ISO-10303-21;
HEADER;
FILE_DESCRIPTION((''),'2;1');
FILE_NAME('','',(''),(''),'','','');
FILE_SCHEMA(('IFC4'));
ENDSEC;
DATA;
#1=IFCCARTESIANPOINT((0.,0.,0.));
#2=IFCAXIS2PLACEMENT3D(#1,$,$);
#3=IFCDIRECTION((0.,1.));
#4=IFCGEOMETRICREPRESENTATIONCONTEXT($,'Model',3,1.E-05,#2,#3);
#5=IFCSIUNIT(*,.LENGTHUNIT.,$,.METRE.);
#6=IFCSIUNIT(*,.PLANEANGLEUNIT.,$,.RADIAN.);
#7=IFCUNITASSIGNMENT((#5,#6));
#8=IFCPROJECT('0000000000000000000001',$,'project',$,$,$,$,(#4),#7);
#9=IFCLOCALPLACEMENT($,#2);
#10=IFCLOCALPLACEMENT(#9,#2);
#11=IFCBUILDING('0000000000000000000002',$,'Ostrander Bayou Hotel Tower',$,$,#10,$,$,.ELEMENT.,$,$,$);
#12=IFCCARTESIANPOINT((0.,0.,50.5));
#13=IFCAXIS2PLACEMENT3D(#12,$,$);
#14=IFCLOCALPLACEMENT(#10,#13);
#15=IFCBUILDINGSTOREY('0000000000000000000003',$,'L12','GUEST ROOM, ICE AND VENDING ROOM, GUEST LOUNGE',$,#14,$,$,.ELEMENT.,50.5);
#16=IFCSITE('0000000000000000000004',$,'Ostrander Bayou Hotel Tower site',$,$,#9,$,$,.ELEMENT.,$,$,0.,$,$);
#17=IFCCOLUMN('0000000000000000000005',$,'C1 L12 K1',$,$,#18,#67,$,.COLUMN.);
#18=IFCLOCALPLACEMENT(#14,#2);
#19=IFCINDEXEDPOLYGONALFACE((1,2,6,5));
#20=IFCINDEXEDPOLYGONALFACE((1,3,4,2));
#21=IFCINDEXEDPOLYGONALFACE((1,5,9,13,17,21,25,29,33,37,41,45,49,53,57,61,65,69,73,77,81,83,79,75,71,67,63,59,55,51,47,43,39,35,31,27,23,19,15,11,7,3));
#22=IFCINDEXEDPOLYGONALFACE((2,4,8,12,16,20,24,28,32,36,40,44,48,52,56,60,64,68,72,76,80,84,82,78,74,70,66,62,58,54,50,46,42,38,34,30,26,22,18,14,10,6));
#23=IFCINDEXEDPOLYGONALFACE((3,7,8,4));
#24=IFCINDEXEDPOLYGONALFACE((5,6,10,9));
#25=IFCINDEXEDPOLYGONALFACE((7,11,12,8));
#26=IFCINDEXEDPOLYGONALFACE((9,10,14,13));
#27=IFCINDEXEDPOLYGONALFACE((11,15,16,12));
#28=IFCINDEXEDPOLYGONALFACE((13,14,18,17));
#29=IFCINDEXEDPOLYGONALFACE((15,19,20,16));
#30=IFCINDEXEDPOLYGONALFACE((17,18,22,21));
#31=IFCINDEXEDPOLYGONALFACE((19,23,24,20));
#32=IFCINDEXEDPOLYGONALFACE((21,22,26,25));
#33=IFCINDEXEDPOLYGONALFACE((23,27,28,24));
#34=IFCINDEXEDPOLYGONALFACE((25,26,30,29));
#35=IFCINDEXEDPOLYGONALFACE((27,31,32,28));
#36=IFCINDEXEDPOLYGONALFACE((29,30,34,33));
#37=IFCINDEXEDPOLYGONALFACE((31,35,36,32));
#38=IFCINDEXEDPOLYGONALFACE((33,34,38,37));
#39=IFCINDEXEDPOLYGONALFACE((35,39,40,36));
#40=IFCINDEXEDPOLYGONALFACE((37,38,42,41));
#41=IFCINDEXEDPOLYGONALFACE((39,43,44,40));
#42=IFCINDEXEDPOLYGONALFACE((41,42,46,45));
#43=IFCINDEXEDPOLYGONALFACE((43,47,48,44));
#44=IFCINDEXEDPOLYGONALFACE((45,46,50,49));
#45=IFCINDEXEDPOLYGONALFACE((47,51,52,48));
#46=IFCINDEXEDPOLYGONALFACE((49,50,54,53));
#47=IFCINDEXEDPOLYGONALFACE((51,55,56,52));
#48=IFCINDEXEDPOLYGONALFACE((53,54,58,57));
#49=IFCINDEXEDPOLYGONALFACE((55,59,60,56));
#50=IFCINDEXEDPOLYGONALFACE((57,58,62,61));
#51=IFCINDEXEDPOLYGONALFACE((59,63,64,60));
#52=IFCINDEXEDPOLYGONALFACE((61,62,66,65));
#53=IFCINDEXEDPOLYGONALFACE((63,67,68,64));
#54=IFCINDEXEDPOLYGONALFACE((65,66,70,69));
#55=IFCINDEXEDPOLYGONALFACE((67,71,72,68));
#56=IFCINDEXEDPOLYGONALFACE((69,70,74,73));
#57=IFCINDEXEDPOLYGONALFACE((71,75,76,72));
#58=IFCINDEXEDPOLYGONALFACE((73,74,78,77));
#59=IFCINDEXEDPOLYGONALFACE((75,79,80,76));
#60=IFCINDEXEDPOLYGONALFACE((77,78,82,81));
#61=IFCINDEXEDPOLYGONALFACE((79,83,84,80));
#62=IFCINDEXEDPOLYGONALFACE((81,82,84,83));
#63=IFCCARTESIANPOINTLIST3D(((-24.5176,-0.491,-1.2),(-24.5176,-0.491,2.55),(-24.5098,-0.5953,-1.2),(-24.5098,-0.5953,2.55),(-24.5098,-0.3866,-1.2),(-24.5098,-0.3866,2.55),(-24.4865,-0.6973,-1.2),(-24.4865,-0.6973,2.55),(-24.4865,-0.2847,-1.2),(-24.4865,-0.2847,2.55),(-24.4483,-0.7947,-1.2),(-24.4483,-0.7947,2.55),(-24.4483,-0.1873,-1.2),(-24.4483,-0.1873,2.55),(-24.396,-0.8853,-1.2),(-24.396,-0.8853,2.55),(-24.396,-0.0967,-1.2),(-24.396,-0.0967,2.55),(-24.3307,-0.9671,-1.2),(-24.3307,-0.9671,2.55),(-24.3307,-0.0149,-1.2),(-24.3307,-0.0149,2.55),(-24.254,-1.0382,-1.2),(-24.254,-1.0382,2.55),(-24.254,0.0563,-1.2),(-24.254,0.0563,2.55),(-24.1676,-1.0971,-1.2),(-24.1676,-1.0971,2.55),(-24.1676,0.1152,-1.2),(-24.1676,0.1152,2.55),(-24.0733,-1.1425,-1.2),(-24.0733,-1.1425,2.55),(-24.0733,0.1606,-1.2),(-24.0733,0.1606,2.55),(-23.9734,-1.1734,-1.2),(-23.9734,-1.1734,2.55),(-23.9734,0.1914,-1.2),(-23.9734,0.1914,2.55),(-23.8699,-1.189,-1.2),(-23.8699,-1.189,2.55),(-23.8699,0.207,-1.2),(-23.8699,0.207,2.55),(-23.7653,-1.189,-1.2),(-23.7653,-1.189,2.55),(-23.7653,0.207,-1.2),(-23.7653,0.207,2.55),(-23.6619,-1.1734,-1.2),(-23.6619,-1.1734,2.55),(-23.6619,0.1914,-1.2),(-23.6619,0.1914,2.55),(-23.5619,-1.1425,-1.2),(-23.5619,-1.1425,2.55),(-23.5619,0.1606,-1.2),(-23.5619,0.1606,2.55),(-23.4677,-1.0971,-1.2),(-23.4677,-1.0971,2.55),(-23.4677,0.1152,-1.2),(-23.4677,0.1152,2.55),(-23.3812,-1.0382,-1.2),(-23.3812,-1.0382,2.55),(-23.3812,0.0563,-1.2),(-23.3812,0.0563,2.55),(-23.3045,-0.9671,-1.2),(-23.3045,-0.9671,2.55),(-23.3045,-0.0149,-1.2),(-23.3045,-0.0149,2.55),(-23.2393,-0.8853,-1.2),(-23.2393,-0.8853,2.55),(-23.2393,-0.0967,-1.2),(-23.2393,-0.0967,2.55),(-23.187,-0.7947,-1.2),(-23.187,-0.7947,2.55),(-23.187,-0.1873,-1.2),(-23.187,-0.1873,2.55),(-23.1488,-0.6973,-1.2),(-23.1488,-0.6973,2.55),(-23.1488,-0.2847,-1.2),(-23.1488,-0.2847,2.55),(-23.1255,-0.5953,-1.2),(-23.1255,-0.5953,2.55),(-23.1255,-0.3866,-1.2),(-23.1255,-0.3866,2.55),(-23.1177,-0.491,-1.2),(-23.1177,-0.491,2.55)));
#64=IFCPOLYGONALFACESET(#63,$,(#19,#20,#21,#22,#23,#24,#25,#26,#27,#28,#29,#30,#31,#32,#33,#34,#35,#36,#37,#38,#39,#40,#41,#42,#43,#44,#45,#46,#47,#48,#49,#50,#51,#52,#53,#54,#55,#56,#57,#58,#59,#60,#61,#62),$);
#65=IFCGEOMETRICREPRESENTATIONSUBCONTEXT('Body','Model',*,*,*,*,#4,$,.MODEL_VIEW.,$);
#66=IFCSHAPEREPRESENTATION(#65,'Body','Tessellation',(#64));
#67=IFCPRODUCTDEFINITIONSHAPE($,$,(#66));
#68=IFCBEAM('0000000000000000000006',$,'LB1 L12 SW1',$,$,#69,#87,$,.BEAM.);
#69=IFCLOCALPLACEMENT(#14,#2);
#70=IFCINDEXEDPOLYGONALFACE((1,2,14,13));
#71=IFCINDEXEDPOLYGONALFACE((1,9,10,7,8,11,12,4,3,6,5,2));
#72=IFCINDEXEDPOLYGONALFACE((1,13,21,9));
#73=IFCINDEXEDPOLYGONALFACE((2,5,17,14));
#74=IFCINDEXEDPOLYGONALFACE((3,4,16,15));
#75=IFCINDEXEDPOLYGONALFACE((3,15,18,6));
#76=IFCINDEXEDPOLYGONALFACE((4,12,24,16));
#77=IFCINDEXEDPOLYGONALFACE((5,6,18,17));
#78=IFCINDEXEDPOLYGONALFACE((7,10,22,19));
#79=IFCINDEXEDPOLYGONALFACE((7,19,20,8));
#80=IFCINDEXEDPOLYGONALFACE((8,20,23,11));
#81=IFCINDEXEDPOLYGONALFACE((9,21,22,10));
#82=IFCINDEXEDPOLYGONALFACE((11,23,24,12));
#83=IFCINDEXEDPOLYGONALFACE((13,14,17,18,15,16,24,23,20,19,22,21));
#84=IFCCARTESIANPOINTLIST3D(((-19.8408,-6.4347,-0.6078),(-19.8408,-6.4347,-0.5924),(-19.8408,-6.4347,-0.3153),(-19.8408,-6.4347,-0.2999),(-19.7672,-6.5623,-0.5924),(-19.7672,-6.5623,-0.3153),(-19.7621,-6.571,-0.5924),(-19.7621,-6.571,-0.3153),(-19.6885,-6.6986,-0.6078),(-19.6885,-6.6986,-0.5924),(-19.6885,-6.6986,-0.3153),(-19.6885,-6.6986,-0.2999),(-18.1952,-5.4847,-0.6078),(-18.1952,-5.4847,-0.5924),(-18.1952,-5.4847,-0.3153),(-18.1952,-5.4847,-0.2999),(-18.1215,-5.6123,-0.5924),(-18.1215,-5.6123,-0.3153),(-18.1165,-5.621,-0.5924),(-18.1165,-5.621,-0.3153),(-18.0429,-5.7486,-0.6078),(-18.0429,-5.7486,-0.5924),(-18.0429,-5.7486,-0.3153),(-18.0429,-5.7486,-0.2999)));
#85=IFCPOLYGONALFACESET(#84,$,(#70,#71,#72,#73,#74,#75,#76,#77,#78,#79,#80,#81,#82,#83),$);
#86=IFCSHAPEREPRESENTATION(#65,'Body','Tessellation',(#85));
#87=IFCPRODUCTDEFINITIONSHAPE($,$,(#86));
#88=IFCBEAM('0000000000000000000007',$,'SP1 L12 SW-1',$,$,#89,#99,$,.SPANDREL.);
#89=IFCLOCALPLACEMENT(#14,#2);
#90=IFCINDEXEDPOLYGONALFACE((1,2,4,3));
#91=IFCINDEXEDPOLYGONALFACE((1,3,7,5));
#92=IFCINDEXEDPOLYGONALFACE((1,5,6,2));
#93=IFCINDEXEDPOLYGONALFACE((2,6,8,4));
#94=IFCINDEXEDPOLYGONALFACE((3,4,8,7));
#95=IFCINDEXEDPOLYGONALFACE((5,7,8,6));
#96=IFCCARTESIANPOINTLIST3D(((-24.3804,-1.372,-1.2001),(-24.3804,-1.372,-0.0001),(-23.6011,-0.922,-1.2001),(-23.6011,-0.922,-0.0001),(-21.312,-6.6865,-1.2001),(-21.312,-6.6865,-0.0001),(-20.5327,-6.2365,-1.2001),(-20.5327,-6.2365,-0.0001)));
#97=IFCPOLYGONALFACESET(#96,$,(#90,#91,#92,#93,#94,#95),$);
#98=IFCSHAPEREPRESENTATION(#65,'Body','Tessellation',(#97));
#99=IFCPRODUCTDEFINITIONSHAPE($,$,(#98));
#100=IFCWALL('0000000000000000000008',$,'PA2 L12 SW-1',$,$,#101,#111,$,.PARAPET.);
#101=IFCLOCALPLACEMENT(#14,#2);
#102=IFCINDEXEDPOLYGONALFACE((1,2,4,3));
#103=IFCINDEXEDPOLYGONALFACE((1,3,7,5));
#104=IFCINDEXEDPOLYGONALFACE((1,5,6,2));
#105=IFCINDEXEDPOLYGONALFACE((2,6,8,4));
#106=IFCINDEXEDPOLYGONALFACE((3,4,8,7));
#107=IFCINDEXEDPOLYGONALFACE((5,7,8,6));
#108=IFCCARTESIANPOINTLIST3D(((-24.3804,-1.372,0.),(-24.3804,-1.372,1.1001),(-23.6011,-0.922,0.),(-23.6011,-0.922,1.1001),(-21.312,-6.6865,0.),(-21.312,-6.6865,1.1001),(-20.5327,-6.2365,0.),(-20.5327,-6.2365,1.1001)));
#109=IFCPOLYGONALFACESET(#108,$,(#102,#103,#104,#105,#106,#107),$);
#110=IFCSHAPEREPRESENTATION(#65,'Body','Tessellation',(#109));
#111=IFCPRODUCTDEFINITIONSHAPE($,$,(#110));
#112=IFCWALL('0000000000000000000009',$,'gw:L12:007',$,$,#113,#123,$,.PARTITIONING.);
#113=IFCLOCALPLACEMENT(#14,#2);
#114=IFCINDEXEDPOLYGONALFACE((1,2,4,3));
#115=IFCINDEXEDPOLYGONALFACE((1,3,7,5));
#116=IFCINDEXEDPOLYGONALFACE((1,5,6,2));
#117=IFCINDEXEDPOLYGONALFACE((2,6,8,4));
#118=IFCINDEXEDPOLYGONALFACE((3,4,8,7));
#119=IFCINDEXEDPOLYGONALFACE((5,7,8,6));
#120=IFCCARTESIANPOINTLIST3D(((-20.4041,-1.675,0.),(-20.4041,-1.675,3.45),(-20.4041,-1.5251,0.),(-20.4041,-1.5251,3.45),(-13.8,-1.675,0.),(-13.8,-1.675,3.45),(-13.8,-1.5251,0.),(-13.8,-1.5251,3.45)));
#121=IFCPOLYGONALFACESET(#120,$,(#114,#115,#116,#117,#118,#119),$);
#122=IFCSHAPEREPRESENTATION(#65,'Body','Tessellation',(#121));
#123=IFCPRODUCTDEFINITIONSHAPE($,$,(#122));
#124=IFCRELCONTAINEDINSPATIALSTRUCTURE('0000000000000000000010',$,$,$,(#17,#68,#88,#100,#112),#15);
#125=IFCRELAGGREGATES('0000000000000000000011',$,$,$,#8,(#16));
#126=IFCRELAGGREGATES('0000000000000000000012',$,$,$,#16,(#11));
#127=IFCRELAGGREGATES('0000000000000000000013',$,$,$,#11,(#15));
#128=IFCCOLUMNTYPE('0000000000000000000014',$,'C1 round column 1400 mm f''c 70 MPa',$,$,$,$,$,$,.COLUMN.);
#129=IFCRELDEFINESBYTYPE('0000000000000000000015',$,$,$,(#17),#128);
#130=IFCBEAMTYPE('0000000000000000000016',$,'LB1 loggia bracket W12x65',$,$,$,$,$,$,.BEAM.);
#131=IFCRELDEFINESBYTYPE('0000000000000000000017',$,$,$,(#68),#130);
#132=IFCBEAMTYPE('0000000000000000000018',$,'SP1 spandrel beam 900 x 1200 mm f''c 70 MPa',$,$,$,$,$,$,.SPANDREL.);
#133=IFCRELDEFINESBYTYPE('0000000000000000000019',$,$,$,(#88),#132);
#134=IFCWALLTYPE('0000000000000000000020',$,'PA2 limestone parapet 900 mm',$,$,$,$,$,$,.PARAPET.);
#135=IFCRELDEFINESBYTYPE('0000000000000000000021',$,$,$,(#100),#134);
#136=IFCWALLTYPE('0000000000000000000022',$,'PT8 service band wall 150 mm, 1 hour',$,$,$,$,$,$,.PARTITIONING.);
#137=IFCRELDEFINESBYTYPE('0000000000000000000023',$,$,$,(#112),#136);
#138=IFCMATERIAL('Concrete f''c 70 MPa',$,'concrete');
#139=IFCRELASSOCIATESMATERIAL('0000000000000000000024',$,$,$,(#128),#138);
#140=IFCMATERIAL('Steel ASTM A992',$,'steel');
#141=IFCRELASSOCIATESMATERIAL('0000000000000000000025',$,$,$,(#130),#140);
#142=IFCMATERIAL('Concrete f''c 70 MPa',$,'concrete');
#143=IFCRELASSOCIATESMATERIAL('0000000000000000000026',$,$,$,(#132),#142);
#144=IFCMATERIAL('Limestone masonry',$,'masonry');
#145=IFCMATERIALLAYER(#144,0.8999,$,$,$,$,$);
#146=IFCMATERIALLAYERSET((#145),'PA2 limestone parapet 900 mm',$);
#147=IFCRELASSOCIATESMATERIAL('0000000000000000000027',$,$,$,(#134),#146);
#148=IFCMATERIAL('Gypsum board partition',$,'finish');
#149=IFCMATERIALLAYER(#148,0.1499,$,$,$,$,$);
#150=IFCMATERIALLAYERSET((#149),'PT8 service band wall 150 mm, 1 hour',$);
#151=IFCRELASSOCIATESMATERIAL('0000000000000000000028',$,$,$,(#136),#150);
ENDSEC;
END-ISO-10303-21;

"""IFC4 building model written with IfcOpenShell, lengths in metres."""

from ifc_helpers import new_model, si_unit, direction, frame, frame_2d, origin, origin_2d, place, context, subcontext, project, spatial, rectangle, circle, i_section, extrude, material, layer, layer_set, material_profile, profile_set, type_object, element, save


model = new_model("IFC4")

# Units and contexts
model_context = context("Model", 3, precision=1e-05, world=origin(), true_north=direction((0.0, 1.0)))
body_context = subcontext(model_context, "Body", "Model", "MODEL_VIEW")
ifc_project = project(units=[si_unit("LENGTHUNIT", "METRE"), si_unit("PLANEANGLEUNIT", "RADIAN")], contexts=[model_context])

# Site, building, storey
site_placement = place(None, origin())
site = spatial("IfcSite", under=ifc_project, at=site_placement, Name="Ostrander Bayou Hotel Tower site", CompositionType="ELEMENT", RefElevation=0.0)
building_placement = place(site_placement, origin())
building = spatial("IfcBuilding", under=site, at=building_placement, Name="Ostrander Bayou Hotel Tower", CompositionType="ELEMENT")
storey_placement = place(building_placement, frame((0.0, 0.0, 50.5)))
storey = spatial("IfcBuildingStorey", under=building, at=storey_placement, Name="L12", Description="GUEST ROOM, ICE AND VENDING ROOM, GUEST LOUNGE", CompositionType="ELEMENT", Elevation=50.5)

# Column
ifc_material_1 = material(Name="Concrete f'c 70 MPa", Category="concrete")
ifc_material_profile_1 = material_profile(ifc_material_1, circle(Radius=0.7, at=origin_2d()))
ifc_profile_set_1 = profile_set([ifc_material_profile_1], Name="Concrete f'c 70 MPa")
column_type = type_object("IfcColumnType", Name="C1 round column 1400 mm f'c 70 MPa", PredefinedType="COLUMN", material=ifc_profile_set_1)
column_placement = place(storey_placement, frame((-23.8176, -0.491, -1.2), z_axis=(0.0, 0.0, 1.0), x_axis=(1.0, 0.0, 0.0)))
element("IfcColumn", 1, at=column_placement, inside=storey, type_object=column_type, Name="C1 L12 K1", PredefinedType="COLUMN", context=body_context, shape_type="SweptSolid", body=[
    extrude(circle(Radius=0.7, at=origin_2d()), origin(), (0.0, 0.0, 1.0), 3.75),
])

# Beams
ifc_material_2 = material(Name="Steel ASTM A992", Category="steel")
ifc_material_profile_2 = material_profile(ifc_material_2, i_section(OverallWidth=0.3047, OverallDepth=0.3079, WebThickness=0.01, FlangeThickness=0.0154, at=origin_2d()))
ifc_profile_set_2 = profile_set([ifc_material_profile_2], Name="Steel ASTM A992")
beam_type_1 = type_object("IfcBeamType", Name="LB1 loggia bracket W12x65", PredefinedType="BEAM", material=ifc_profile_set_2)
beam_1_placement = place(storey_placement, frame((-19.7646, -6.5667, -0.4539), z_axis=(0.866044, 0.499967, 0.0), x_axis=(-0.499967, 0.866044, 0.0)))
element("IfcBeam", 2, at=beam_1_placement, inside=storey, type_object=beam_type_1, Name="LB1 L12 SW1", PredefinedType="BEAM", context=body_context, shape_type="SweptSolid", body=[
    extrude(i_section(OverallWidth=0.3047, OverallDepth=0.3079, WebThickness=0.01, FlangeThickness=0.0154, at=origin_2d()), origin(), (0.0, 0.0, 1.0), 1.9001),
])
ifc_material_3 = material(Name="Concrete f'c 70 MPa", Category="concrete")
ifc_material_profile_3 = material_profile(ifc_material_3, rectangle(XDim=0.8999, YDim=1.2, at=origin_2d()))
ifc_profile_set_3 = profile_set([ifc_material_profile_3], Name="Concrete f'c 70 MPa")
beam_type_2 = type_object("IfcBeamType", Name="SP1 spandrel beam 900 x 1200 mm f'c 70 MPa", PredefinedType="SPANDREL", material=ifc_profile_set_3)
beam_2_placement = place(storey_placement, frame((-23.9907, -1.147, -0.6001), z_axis=(0.500007, -0.866021, 0.0), x_axis=(0.866021, 0.500007, 0.0)))
element("IfcBeam", 3, at=beam_2_placement, inside=storey, type_object=beam_type_2, Name="SP1 L12 SW-1", PredefinedType="SPANDREL", context=body_context, shape_type="SweptSolid", body=[
    extrude(rectangle(XDim=0.8999, YDim=1.2, at=origin_2d()), origin(), (0.0, 0.0, 1.0), 6.1367),
])

# Walls
ifc_material_4 = material(Name="Limestone masonry", Category="masonry")
ifc_layer_1 = layer(ifc_material_4, 0.8999)
ifc_layer_set_1 = layer_set([ifc_layer_1], Name="PA2 limestone parapet 900 mm")
wall_type_1 = type_object("IfcWallType", Name="PA2 limestone parapet 900 mm", PredefinedType="PARAPET", material=ifc_layer_set_1)
wall_1_placement = place(storey_placement, frame((-23.9907, -1.147, 0.0), z_axis=(0.0, 0.0, 1.0), x_axis=(0.500007, -0.866021, 0.0)))
element("IfcWall", 4, at=wall_1_placement, inside=storey, type_object=wall_type_1, Name="PA2 L12 SW-1", PredefinedType="PARAPET", context=body_context, shape_type="SweptSolid", body=[
    extrude(rectangle(XDim=6.1367, YDim=0.8999, at=frame_2d((3.0684, 0.0))), origin(), (0.0, 0.0, 1.0), 1.1001),
])
ifc_material_5 = material(Name="Gypsum board partition", Category="finish")
ifc_layer_2 = layer(ifc_material_5, 0.1499)
ifc_layer_set_2 = layer_set([ifc_layer_2], Name="PT8 service band wall 150 mm, 1 hour")
wall_type_2 = type_object("IfcWallType", Name="PT8 service band wall 150 mm, 1 hour", PredefinedType="PARTITIONING", material=ifc_layer_set_2)
wall_2_placement = place(storey_placement, frame((-20.4041, -1.6001, 0.0), z_axis=(0.0, 0.0, 1.0), x_axis=(1.0, 0.0, 0.0)))
element("IfcWall", 5, at=wall_2_placement, inside=storey, type_object=wall_type_2, Name="gw:L12:007", PredefinedType="PARTITIONING", context=body_context, shape_type="SweptSolid", body=[
    extrude(rectangle(XDim=6.604, YDim=0.1499, at=frame_2d((3.302, 0.0))), origin(), (0.0, 0.0, 1.0), 3.45),
])

save(model, "model.ifc")
